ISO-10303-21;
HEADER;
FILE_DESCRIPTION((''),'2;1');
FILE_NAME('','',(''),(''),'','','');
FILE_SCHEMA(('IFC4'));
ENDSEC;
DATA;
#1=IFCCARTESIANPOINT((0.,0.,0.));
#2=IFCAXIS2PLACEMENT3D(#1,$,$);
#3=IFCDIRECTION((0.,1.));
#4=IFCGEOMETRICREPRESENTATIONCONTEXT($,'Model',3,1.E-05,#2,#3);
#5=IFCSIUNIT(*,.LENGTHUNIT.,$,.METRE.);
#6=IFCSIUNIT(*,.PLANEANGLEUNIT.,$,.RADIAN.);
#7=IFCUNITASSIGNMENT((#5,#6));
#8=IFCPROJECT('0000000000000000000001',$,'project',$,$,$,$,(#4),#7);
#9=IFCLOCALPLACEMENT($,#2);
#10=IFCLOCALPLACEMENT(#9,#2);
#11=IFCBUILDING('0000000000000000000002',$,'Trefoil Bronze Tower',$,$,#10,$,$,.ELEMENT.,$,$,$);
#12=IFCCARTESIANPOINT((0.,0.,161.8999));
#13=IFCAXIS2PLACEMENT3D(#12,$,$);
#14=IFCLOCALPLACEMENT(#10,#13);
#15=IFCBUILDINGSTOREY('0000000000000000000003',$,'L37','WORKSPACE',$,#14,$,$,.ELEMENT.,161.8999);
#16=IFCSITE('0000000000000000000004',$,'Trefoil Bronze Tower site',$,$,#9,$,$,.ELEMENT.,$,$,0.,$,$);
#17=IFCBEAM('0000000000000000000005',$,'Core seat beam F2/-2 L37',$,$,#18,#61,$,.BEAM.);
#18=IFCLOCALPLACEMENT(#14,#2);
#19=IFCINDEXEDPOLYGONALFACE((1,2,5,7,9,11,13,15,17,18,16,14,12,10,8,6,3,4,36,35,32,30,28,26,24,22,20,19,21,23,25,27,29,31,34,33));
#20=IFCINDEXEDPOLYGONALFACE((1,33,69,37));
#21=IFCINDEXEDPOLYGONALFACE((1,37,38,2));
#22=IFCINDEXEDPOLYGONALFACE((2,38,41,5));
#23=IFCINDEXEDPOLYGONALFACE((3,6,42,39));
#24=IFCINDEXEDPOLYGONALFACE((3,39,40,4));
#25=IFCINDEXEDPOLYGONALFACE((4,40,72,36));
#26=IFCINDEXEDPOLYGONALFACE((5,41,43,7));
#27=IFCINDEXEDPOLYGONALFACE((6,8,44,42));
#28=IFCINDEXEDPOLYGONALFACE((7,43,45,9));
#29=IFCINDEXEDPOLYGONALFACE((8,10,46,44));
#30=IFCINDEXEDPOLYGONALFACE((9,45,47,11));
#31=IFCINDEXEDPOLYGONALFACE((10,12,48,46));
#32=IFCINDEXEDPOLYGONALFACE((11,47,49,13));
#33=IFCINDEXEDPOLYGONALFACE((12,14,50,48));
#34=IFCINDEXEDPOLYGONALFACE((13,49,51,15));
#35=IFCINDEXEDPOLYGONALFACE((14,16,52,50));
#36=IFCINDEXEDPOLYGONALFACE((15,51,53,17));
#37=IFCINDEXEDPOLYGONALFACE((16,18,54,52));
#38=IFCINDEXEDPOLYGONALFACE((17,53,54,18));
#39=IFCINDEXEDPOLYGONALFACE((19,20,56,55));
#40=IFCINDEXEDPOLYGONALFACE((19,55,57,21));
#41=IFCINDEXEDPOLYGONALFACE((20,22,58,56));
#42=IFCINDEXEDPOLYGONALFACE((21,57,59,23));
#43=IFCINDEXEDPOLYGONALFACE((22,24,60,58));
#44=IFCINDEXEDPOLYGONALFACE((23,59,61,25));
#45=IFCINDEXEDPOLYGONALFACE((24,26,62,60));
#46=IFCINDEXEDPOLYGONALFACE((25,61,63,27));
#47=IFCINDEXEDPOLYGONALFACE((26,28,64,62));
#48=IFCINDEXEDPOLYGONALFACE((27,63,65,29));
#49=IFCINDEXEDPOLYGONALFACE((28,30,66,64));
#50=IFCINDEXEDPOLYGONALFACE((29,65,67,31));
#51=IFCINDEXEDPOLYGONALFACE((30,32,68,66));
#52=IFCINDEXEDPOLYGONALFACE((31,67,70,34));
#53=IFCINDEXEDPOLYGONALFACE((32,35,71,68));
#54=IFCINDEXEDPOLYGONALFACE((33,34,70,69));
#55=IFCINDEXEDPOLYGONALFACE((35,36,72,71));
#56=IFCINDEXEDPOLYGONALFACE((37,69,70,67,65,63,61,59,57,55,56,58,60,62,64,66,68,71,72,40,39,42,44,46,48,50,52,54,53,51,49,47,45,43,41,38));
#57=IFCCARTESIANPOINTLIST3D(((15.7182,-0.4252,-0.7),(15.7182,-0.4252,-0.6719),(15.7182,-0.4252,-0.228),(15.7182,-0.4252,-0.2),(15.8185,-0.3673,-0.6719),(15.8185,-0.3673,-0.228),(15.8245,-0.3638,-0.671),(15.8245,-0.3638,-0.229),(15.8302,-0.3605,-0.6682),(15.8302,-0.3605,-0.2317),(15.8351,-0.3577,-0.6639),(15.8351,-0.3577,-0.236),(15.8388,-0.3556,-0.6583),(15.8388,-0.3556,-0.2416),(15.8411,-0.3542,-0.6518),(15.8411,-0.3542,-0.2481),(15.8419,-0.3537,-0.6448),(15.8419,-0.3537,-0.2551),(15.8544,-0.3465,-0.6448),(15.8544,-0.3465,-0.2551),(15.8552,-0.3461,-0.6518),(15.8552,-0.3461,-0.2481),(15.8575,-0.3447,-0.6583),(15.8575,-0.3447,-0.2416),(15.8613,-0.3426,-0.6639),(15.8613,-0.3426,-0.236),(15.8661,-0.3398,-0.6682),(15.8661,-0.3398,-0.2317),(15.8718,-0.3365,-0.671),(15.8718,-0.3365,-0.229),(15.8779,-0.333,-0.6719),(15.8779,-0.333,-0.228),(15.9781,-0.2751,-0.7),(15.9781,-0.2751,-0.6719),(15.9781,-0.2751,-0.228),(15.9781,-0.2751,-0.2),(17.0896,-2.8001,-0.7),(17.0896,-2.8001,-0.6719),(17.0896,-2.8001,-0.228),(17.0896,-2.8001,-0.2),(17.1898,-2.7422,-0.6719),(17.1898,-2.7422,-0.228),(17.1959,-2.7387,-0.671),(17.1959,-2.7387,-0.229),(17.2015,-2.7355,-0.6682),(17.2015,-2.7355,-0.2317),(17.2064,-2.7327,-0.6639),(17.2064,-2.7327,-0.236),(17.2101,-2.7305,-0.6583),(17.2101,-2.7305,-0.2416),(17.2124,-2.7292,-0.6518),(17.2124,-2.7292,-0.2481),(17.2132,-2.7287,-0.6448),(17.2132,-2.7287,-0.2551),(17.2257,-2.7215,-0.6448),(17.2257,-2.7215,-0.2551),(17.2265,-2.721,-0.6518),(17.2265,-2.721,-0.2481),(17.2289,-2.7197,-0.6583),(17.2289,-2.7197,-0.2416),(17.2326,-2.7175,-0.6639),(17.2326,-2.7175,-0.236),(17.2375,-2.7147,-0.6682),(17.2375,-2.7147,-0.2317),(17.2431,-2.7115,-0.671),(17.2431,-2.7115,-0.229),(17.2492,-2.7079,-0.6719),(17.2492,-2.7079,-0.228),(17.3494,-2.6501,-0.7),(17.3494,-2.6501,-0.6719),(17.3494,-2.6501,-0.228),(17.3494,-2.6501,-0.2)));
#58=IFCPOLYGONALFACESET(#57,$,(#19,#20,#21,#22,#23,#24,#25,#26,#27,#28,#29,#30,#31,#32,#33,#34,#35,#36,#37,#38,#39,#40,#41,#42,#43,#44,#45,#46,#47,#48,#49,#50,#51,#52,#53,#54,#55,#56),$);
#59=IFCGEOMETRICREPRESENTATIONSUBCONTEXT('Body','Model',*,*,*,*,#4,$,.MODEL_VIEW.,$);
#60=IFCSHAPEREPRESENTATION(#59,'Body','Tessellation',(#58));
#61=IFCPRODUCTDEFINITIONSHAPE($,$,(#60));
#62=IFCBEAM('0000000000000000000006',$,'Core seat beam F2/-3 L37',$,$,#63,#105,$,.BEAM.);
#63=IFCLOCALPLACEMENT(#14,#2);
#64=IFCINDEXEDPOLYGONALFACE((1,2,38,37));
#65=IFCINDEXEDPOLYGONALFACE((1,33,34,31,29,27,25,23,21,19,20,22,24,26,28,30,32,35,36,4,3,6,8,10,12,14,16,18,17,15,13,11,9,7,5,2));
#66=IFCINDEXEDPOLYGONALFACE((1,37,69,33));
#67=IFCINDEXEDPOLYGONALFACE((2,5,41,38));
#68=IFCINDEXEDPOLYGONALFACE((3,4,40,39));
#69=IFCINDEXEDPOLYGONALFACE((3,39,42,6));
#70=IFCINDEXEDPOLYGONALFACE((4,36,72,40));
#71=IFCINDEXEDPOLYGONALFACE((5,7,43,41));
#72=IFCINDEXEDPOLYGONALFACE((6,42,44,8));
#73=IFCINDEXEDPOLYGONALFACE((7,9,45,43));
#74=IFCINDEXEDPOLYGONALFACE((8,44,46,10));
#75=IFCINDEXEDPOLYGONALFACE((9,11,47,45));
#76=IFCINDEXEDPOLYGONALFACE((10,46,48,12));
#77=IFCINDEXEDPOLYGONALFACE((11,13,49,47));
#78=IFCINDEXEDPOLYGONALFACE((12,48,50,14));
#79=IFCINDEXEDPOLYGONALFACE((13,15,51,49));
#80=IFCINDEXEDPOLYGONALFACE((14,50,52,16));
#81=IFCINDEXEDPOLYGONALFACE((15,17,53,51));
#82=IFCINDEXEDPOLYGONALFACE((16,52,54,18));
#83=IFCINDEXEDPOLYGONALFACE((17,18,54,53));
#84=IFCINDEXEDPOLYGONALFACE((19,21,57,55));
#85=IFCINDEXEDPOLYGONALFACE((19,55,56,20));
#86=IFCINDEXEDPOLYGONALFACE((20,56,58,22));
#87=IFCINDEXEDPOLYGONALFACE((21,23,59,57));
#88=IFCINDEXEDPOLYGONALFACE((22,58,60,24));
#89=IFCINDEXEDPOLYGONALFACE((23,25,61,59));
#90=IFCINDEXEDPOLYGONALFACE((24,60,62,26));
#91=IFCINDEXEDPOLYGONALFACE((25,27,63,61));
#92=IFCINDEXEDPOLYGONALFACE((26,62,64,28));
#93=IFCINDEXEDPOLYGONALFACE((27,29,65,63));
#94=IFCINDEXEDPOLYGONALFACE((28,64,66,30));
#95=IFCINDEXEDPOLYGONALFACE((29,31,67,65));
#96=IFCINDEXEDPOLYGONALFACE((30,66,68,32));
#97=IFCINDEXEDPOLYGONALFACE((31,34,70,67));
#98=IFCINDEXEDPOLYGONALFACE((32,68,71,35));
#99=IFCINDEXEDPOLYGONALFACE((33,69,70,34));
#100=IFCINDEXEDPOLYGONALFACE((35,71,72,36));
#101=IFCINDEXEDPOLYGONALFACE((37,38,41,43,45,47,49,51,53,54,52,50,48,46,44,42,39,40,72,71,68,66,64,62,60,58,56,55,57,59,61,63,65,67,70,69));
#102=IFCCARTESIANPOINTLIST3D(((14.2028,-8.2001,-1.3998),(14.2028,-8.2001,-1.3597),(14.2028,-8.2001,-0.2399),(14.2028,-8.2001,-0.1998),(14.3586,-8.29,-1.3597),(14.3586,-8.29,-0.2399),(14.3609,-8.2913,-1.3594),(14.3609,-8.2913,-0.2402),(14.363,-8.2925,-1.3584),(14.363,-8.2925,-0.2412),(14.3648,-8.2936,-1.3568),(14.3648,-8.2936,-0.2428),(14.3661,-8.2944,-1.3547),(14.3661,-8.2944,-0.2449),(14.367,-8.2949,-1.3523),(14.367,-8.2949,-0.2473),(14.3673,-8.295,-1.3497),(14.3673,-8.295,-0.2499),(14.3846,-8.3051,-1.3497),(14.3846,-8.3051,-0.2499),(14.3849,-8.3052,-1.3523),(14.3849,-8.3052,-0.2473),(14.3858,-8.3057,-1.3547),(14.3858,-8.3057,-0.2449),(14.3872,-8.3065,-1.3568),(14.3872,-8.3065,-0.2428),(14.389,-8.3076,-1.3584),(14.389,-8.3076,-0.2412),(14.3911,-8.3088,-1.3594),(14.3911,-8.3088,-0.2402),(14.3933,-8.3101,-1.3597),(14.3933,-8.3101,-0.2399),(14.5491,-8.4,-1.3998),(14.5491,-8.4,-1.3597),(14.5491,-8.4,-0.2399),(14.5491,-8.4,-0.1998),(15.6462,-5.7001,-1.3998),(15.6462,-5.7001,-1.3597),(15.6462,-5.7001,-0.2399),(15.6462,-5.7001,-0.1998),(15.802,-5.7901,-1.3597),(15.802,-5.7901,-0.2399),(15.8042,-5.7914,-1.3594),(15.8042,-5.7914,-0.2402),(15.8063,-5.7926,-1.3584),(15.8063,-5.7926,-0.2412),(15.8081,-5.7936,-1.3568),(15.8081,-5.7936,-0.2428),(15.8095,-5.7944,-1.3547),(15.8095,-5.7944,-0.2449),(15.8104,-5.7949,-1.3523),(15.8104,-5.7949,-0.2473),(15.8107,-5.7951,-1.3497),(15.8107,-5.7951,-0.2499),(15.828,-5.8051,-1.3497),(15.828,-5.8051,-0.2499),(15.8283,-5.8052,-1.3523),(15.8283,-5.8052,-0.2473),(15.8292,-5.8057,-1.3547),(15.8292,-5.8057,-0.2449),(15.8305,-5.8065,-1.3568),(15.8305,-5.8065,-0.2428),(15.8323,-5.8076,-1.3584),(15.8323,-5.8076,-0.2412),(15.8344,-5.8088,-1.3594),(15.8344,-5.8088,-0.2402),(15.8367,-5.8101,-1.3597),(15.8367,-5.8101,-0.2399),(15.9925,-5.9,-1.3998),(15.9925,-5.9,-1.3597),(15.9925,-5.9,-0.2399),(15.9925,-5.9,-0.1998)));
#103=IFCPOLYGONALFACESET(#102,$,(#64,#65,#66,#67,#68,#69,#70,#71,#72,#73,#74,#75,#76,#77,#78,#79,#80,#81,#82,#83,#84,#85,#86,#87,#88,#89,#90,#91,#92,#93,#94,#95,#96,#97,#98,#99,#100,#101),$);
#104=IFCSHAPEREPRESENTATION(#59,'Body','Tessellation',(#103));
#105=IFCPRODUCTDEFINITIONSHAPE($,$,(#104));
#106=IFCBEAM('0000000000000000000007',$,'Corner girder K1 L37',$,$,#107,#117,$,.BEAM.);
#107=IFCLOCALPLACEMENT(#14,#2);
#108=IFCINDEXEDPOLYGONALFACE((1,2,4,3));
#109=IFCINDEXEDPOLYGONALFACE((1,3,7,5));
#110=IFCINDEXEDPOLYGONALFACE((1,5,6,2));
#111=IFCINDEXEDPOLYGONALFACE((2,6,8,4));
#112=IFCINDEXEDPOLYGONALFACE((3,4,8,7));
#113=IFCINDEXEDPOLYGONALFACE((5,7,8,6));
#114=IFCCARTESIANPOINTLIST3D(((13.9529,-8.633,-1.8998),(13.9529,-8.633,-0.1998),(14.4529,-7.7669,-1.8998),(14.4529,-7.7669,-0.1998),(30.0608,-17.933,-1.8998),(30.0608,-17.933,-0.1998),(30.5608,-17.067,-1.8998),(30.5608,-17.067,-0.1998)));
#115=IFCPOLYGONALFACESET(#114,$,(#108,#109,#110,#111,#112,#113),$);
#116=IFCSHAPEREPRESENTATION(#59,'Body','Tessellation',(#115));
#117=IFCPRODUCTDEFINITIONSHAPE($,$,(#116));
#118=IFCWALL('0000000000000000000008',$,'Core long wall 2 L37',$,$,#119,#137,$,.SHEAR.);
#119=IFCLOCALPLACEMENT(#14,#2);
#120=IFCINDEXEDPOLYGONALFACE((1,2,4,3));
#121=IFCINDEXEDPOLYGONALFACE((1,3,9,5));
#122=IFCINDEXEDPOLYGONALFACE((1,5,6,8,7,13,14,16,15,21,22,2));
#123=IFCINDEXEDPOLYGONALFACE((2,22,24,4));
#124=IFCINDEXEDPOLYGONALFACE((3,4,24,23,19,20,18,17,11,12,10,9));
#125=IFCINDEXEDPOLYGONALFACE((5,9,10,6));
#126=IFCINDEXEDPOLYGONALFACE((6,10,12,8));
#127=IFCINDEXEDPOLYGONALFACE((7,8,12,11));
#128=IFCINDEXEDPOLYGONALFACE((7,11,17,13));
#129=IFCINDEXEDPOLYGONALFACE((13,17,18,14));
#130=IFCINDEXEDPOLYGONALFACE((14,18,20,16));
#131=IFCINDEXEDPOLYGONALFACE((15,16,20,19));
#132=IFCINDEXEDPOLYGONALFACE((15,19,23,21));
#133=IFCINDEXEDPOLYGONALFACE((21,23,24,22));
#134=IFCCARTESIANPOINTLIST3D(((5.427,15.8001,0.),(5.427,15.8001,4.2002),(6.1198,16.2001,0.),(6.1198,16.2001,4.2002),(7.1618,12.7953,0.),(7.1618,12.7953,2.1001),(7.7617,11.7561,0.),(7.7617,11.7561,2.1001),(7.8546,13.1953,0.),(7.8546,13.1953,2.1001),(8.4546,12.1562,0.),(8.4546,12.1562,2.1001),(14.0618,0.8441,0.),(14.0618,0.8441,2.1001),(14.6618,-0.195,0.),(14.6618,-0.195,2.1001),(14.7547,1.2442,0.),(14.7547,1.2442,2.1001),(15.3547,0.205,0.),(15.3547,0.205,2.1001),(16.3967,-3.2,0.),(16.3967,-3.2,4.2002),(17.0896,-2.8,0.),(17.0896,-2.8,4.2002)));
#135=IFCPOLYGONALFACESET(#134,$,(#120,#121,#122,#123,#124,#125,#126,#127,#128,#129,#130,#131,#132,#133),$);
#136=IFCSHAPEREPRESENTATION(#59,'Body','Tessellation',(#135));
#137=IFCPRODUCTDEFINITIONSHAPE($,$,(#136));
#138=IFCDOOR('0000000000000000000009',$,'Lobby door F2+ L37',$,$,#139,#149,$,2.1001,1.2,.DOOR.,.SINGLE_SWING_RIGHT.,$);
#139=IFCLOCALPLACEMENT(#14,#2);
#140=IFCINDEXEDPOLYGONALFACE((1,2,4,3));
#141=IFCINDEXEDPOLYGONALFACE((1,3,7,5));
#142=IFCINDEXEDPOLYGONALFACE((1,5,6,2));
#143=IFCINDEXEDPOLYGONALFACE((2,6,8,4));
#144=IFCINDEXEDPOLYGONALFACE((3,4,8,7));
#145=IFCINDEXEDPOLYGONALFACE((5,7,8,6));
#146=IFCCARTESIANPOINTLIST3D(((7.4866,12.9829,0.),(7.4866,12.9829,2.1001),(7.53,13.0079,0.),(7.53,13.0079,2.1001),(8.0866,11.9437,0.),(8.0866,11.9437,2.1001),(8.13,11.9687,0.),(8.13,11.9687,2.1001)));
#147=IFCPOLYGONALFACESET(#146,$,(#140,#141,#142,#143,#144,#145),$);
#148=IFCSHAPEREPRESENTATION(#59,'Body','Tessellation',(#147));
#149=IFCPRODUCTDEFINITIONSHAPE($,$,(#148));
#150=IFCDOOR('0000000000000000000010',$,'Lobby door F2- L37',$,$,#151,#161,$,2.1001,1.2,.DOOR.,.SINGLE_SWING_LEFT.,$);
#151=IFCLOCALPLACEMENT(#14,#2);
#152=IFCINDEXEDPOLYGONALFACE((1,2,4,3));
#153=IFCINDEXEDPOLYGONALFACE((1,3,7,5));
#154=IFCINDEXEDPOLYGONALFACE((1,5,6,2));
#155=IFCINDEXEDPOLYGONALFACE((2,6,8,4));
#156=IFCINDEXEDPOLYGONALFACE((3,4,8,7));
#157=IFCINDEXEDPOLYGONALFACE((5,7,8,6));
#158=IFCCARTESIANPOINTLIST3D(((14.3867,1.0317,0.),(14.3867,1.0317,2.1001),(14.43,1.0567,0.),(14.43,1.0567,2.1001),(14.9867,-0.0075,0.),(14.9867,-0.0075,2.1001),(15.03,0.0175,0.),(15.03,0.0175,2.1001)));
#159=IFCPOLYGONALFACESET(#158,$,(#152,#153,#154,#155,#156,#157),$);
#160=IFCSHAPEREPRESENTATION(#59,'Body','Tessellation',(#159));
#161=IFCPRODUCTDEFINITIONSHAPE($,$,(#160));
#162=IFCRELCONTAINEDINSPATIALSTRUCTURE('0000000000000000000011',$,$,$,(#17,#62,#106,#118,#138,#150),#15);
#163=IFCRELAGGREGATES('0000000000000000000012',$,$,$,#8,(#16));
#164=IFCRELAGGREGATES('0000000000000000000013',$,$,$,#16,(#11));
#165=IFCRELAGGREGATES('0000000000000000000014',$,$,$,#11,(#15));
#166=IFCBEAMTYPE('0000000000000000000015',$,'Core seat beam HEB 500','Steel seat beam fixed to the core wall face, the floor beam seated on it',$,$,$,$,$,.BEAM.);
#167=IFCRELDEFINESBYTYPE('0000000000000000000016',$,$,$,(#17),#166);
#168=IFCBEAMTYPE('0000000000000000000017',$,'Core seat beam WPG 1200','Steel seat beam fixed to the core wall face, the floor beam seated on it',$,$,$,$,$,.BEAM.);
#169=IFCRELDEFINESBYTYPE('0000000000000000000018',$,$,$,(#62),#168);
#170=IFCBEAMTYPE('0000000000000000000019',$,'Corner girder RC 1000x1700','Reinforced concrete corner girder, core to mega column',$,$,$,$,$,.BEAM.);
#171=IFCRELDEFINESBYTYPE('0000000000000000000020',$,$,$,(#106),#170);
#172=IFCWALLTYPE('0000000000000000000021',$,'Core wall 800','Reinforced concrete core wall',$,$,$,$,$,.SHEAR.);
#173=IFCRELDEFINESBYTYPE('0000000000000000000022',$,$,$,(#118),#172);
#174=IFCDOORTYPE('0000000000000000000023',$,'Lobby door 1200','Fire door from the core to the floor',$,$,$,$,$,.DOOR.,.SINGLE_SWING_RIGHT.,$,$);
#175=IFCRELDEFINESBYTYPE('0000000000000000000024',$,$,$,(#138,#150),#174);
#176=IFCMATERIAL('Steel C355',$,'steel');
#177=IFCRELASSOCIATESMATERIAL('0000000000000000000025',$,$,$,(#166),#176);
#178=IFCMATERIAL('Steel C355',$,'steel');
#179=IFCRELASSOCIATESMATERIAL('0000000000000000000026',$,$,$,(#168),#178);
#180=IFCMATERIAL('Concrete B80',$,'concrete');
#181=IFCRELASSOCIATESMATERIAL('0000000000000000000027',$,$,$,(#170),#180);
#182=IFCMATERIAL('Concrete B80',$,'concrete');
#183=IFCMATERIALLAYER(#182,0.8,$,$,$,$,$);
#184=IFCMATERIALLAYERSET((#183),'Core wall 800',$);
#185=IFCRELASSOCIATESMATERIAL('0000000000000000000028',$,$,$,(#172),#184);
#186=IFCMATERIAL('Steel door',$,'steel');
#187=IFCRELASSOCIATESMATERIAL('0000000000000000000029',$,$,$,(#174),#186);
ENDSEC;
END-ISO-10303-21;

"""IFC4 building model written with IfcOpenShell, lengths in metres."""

from ifc_helpers import new_model, si_unit, direction, frame, frame_2d, origin, origin_2d, place, context, subcontext, project, spatial, rectangle, i_section, extrude, material, layer, layer_set, material_profile, profile_set, type_object, element, fill, save


model = new_model("IFC4")

# Units and contexts
model_context = context("Model", 3, precision=1e-05, world=origin(), true_north=direction((0.0, 1.0)))
body_context = subcontext(model_context, "Body", "Model", "MODEL_VIEW")
ifc_project = project(units=[si_unit("LENGTHUNIT", "METRE"), si_unit("PLANEANGLEUNIT", "RADIAN")], contexts=[model_context])

# Site, building, storey
site_placement = place(None, origin())
site = spatial("IfcSite", under=ifc_project, at=site_placement, Name="Trefoil Bronze Tower site", CompositionType="ELEMENT", RefElevation=0.0)
building_placement = place(site_placement, origin())
building = spatial("IfcBuilding", under=site, at=building_placement, Name="Trefoil Bronze Tower", CompositionType="ELEMENT")
storey_placement = place(building_placement, frame((0.0, 0.0, 161.8999)))
storey = spatial("IfcBuildingStorey", under=building, at=storey_placement, Name="L37", Description="WORKSPACE", CompositionType="ELEMENT", Elevation=161.8999)

# Beams
ifc_material_1 = material(Name="Steel C355", Category="steel")
ifc_material_profile_1 = material_profile(ifc_material_1, i_section(OverallWidth=0.3, OverallDepth=0.5, WebThickness=0.0144, FlangeThickness=0.0281, FilletRadius=0.0271, at=origin_2d()), Name="HEB 500")
ifc_profile_set_1 = profile_set([ifc_material_profile_1], Name="Steel C355")
beam_type_1 = type_object("IfcBeamType", Name="Core seat beam HEB 500", Description="Steel seat beam fixed to the core wall face, the floor beam seated on it", PredefinedType="BEAM", material=ifc_profile_set_1)
beam_1_placement = place(storey_placement, frame((17.2195, -2.7251, -0.45), z_axis=(-0.500036, 0.866005, 0.0), x_axis=(-0.866005, -0.500036, 0.0)))
element("IfcBeam", 1, at=beam_1_placement, inside=storey, type_object=beam_type_1, Name="Core seat beam F2/-2 L37", PredefinedType="BEAM", context=body_context, shape_type="SweptSolid", body=[
    extrude(i_section(OverallWidth=0.3, OverallDepth=0.5, WebThickness=0.0144, FlangeThickness=0.0281, FilletRadius=0.0271, at=origin_2d()), origin(), (0.0, 0.0, 1.0), 2.7424),
])
ifc_material_2 = material(Name="Steel C355", Category="steel")
ifc_material_profile_2 = material_profile(ifc_material_2, i_section(OverallWidth=0.3999, OverallDepth=1.2, WebThickness=0.02, FlangeThickness=0.04, FilletRadius=0.01, at=origin_2d()), Name="WPG 1200")
ifc_profile_set_2 = profile_set([ifc_material_profile_2], Name="Steel C355")
beam_type_2 = type_object("IfcBeamType", Name="Core seat beam WPG 1200", Description="Steel seat beam fixed to the core wall face, the floor beam seated on it", PredefinedType="BEAM", material=ifc_profile_set_2)
beam_2_placement = place(storey_placement, frame((14.376, -8.3, -0.7998), z_axis=(0.499996, 0.866028, 0.0), x_axis=(-0.866028, 0.499996, 0.0)))
element("IfcBeam", 2, at=beam_2_placement, inside=storey, type_object=beam_type_2, Name="Core seat beam F2/-3 L37", PredefinedType="BEAM", context=body_context, shape_type="SweptSolid", body=[
    extrude(i_section(OverallWidth=0.3999, OverallDepth=1.2, WebThickness=0.02, FlangeThickness=0.04, FilletRadius=0.01, at=origin_2d()), origin(), (0.0, 0.0, 1.0), 2.8867),
])
ifc_material_3 = material(Name="Concrete B80", Category="concrete")
ifc_material_profile_3 = material_profile(ifc_material_3, rectangle(XDim=1.0, YDim=1.7, at=origin_2d()), Name="RC 1000x1700")
ifc_profile_set_3 = profile_set([ifc_material_profile_3], Name="Concrete B80")
beam_type_3 = type_object("IfcBeamType", Name="Corner girder RC 1000x1700", Description="Reinforced concrete corner girder, core to mega column", PredefinedType="BEAM", material=ifc_profile_set_3)
beam_3_placement = place(storey_placement, frame((14.2029, -8.2, -1.0498), z_axis=(0.866022, -0.500006, 0.0), x_axis=(0.500006, 0.866022, 0.0)))
element("IfcBeam", 3, at=beam_3_placement, inside=storey, type_object=beam_type_3, Name="Corner girder K1 L37", PredefinedType="BEAM", context=body_context, shape_type="SweptSolid", body=[
    extrude(rectangle(XDim=1.0, YDim=1.7, at=origin_2d()), origin(), (0.0, 0.0, 1.0), 18.5999),
])

# Wall, openings, doors
ifc_material_4 = material(Name="Concrete B80", Category="concrete")
ifc_layer_1 = layer(ifc_material_4, 0.8)
ifc_layer_set_1 = layer_set([ifc_layer_1], Name="Core wall 800")
wall_type_1 = type_object("IfcWallType", Name="Core wall 800", Description="Reinforced concrete core wall", PredefinedType="SHEAR", material=ifc_layer_set_1)
wall_1_placement = place(storey_placement, frame((16.7432, -3.0, 0.0), z_axis=(0.0, 0.0, 1.0), x_axis=(-0.500002, 0.866024, 0.0)))
wall_1 = element("IfcWall", 4, at=wall_1_placement, inside=storey, type_object=wall_type_1, Name="Core long wall 2 L37", PredefinedType="SHEAR", context=body_context, shape_type="SweptSolid", body=[
    extrude(rectangle(XDim=21.9395, YDim=0.8, at=frame_2d((10.9697, 0.0))), origin(), (0.0, 0.0, 1.0), 4.2002),
])
opening_1_placement = place(wall_1_placement, frame((17.2698, 0.0, 0.0)))
opening_1 = element("IfcOpeningElement", 5, at=opening_1_placement, cuts=wall_1, PredefinedType="OPENING", context=body_context, shape_type="SweptSolid", body=[
    extrude(rectangle(XDim=1.2, YDim=2.1001, at=frame_2d((0.6001, 1.05))), frame((0.0, 0.4099, 0.0), z_axis=(0.0, -1.0, 0.0), x_axis=(1.0, 0.0, 0.0)), (0.0, 0.0, 1.0), 0.8201),
])
opening_2_placement = place(wall_1_placement, frame((3.4697, 0.0, 0.0)))
opening_2 = element("IfcOpeningElement", 6, at=opening_2_placement, cuts=wall_1, PredefinedType="OPENING", context=body_context, shape_type="SweptSolid", body=[
    extrude(rectangle(XDim=1.2, YDim=2.1001, at=frame_2d((0.6001, 1.05))), frame((0.0, 0.4099, 0.0), z_axis=(0.0, -1.0, 0.0), x_axis=(1.0, 0.0, 0.0)), (0.0, 0.0, 1.0), 0.8201),
])
ifc_material_5 = material(Name="Steel door", Category="steel")
door_type_1 = type_object("IfcDoorType", Name="Lobby door 1200", Description="Fire door from the core to the floor", OperationType="SINGLE_SWING_RIGHT", PredefinedType="DOOR", material=ifc_material_5)
door_1_placement = place(opening_1_placement, origin())
door_1 = element("IfcDoor", 7, at=door_1_placement, inside=storey, type_object=door_type_1, Name="Lobby door F2+ L37", OperationType="SINGLE_SWING_RIGHT", OverallHeight=2.1001, OverallWidth=1.2, PredefinedType="DOOR", context=body_context, shape_type="SweptSolid", body=[
    extrude(rectangle(XDim=1.2, YDim=2.1001, at=frame_2d((0.6001, 1.05))), frame((0.0, 0.0249, 0.0), z_axis=(0.0, -1.0, 0.0), x_axis=(1.0, 0.0, 0.0)), (0.0, 0.0, 1.0), 0.05),
])
fill(opening_1, door_1)
door_2_placement = place(opening_2_placement, origin())
door_2 = element("IfcDoor", 8, at=door_2_placement, inside=storey, type_object=door_type_1, Name="Lobby door F2- L37", OperationType="SINGLE_SWING_LEFT", OverallHeight=2.1001, OverallWidth=1.2, PredefinedType="DOOR", context=body_context, shape_type="SweptSolid", body=[
    extrude(rectangle(XDim=1.2, YDim=2.1001, at=frame_2d((0.6001, 1.05))), frame((0.0, 0.0249, 0.0), z_axis=(0.0, -1.0, 0.0), x_axis=(1.0, 0.0, 0.0)), (0.0, 0.0, 1.0), 0.05),
])
fill(opening_2, door_2)

save(model, "model.ifc")
